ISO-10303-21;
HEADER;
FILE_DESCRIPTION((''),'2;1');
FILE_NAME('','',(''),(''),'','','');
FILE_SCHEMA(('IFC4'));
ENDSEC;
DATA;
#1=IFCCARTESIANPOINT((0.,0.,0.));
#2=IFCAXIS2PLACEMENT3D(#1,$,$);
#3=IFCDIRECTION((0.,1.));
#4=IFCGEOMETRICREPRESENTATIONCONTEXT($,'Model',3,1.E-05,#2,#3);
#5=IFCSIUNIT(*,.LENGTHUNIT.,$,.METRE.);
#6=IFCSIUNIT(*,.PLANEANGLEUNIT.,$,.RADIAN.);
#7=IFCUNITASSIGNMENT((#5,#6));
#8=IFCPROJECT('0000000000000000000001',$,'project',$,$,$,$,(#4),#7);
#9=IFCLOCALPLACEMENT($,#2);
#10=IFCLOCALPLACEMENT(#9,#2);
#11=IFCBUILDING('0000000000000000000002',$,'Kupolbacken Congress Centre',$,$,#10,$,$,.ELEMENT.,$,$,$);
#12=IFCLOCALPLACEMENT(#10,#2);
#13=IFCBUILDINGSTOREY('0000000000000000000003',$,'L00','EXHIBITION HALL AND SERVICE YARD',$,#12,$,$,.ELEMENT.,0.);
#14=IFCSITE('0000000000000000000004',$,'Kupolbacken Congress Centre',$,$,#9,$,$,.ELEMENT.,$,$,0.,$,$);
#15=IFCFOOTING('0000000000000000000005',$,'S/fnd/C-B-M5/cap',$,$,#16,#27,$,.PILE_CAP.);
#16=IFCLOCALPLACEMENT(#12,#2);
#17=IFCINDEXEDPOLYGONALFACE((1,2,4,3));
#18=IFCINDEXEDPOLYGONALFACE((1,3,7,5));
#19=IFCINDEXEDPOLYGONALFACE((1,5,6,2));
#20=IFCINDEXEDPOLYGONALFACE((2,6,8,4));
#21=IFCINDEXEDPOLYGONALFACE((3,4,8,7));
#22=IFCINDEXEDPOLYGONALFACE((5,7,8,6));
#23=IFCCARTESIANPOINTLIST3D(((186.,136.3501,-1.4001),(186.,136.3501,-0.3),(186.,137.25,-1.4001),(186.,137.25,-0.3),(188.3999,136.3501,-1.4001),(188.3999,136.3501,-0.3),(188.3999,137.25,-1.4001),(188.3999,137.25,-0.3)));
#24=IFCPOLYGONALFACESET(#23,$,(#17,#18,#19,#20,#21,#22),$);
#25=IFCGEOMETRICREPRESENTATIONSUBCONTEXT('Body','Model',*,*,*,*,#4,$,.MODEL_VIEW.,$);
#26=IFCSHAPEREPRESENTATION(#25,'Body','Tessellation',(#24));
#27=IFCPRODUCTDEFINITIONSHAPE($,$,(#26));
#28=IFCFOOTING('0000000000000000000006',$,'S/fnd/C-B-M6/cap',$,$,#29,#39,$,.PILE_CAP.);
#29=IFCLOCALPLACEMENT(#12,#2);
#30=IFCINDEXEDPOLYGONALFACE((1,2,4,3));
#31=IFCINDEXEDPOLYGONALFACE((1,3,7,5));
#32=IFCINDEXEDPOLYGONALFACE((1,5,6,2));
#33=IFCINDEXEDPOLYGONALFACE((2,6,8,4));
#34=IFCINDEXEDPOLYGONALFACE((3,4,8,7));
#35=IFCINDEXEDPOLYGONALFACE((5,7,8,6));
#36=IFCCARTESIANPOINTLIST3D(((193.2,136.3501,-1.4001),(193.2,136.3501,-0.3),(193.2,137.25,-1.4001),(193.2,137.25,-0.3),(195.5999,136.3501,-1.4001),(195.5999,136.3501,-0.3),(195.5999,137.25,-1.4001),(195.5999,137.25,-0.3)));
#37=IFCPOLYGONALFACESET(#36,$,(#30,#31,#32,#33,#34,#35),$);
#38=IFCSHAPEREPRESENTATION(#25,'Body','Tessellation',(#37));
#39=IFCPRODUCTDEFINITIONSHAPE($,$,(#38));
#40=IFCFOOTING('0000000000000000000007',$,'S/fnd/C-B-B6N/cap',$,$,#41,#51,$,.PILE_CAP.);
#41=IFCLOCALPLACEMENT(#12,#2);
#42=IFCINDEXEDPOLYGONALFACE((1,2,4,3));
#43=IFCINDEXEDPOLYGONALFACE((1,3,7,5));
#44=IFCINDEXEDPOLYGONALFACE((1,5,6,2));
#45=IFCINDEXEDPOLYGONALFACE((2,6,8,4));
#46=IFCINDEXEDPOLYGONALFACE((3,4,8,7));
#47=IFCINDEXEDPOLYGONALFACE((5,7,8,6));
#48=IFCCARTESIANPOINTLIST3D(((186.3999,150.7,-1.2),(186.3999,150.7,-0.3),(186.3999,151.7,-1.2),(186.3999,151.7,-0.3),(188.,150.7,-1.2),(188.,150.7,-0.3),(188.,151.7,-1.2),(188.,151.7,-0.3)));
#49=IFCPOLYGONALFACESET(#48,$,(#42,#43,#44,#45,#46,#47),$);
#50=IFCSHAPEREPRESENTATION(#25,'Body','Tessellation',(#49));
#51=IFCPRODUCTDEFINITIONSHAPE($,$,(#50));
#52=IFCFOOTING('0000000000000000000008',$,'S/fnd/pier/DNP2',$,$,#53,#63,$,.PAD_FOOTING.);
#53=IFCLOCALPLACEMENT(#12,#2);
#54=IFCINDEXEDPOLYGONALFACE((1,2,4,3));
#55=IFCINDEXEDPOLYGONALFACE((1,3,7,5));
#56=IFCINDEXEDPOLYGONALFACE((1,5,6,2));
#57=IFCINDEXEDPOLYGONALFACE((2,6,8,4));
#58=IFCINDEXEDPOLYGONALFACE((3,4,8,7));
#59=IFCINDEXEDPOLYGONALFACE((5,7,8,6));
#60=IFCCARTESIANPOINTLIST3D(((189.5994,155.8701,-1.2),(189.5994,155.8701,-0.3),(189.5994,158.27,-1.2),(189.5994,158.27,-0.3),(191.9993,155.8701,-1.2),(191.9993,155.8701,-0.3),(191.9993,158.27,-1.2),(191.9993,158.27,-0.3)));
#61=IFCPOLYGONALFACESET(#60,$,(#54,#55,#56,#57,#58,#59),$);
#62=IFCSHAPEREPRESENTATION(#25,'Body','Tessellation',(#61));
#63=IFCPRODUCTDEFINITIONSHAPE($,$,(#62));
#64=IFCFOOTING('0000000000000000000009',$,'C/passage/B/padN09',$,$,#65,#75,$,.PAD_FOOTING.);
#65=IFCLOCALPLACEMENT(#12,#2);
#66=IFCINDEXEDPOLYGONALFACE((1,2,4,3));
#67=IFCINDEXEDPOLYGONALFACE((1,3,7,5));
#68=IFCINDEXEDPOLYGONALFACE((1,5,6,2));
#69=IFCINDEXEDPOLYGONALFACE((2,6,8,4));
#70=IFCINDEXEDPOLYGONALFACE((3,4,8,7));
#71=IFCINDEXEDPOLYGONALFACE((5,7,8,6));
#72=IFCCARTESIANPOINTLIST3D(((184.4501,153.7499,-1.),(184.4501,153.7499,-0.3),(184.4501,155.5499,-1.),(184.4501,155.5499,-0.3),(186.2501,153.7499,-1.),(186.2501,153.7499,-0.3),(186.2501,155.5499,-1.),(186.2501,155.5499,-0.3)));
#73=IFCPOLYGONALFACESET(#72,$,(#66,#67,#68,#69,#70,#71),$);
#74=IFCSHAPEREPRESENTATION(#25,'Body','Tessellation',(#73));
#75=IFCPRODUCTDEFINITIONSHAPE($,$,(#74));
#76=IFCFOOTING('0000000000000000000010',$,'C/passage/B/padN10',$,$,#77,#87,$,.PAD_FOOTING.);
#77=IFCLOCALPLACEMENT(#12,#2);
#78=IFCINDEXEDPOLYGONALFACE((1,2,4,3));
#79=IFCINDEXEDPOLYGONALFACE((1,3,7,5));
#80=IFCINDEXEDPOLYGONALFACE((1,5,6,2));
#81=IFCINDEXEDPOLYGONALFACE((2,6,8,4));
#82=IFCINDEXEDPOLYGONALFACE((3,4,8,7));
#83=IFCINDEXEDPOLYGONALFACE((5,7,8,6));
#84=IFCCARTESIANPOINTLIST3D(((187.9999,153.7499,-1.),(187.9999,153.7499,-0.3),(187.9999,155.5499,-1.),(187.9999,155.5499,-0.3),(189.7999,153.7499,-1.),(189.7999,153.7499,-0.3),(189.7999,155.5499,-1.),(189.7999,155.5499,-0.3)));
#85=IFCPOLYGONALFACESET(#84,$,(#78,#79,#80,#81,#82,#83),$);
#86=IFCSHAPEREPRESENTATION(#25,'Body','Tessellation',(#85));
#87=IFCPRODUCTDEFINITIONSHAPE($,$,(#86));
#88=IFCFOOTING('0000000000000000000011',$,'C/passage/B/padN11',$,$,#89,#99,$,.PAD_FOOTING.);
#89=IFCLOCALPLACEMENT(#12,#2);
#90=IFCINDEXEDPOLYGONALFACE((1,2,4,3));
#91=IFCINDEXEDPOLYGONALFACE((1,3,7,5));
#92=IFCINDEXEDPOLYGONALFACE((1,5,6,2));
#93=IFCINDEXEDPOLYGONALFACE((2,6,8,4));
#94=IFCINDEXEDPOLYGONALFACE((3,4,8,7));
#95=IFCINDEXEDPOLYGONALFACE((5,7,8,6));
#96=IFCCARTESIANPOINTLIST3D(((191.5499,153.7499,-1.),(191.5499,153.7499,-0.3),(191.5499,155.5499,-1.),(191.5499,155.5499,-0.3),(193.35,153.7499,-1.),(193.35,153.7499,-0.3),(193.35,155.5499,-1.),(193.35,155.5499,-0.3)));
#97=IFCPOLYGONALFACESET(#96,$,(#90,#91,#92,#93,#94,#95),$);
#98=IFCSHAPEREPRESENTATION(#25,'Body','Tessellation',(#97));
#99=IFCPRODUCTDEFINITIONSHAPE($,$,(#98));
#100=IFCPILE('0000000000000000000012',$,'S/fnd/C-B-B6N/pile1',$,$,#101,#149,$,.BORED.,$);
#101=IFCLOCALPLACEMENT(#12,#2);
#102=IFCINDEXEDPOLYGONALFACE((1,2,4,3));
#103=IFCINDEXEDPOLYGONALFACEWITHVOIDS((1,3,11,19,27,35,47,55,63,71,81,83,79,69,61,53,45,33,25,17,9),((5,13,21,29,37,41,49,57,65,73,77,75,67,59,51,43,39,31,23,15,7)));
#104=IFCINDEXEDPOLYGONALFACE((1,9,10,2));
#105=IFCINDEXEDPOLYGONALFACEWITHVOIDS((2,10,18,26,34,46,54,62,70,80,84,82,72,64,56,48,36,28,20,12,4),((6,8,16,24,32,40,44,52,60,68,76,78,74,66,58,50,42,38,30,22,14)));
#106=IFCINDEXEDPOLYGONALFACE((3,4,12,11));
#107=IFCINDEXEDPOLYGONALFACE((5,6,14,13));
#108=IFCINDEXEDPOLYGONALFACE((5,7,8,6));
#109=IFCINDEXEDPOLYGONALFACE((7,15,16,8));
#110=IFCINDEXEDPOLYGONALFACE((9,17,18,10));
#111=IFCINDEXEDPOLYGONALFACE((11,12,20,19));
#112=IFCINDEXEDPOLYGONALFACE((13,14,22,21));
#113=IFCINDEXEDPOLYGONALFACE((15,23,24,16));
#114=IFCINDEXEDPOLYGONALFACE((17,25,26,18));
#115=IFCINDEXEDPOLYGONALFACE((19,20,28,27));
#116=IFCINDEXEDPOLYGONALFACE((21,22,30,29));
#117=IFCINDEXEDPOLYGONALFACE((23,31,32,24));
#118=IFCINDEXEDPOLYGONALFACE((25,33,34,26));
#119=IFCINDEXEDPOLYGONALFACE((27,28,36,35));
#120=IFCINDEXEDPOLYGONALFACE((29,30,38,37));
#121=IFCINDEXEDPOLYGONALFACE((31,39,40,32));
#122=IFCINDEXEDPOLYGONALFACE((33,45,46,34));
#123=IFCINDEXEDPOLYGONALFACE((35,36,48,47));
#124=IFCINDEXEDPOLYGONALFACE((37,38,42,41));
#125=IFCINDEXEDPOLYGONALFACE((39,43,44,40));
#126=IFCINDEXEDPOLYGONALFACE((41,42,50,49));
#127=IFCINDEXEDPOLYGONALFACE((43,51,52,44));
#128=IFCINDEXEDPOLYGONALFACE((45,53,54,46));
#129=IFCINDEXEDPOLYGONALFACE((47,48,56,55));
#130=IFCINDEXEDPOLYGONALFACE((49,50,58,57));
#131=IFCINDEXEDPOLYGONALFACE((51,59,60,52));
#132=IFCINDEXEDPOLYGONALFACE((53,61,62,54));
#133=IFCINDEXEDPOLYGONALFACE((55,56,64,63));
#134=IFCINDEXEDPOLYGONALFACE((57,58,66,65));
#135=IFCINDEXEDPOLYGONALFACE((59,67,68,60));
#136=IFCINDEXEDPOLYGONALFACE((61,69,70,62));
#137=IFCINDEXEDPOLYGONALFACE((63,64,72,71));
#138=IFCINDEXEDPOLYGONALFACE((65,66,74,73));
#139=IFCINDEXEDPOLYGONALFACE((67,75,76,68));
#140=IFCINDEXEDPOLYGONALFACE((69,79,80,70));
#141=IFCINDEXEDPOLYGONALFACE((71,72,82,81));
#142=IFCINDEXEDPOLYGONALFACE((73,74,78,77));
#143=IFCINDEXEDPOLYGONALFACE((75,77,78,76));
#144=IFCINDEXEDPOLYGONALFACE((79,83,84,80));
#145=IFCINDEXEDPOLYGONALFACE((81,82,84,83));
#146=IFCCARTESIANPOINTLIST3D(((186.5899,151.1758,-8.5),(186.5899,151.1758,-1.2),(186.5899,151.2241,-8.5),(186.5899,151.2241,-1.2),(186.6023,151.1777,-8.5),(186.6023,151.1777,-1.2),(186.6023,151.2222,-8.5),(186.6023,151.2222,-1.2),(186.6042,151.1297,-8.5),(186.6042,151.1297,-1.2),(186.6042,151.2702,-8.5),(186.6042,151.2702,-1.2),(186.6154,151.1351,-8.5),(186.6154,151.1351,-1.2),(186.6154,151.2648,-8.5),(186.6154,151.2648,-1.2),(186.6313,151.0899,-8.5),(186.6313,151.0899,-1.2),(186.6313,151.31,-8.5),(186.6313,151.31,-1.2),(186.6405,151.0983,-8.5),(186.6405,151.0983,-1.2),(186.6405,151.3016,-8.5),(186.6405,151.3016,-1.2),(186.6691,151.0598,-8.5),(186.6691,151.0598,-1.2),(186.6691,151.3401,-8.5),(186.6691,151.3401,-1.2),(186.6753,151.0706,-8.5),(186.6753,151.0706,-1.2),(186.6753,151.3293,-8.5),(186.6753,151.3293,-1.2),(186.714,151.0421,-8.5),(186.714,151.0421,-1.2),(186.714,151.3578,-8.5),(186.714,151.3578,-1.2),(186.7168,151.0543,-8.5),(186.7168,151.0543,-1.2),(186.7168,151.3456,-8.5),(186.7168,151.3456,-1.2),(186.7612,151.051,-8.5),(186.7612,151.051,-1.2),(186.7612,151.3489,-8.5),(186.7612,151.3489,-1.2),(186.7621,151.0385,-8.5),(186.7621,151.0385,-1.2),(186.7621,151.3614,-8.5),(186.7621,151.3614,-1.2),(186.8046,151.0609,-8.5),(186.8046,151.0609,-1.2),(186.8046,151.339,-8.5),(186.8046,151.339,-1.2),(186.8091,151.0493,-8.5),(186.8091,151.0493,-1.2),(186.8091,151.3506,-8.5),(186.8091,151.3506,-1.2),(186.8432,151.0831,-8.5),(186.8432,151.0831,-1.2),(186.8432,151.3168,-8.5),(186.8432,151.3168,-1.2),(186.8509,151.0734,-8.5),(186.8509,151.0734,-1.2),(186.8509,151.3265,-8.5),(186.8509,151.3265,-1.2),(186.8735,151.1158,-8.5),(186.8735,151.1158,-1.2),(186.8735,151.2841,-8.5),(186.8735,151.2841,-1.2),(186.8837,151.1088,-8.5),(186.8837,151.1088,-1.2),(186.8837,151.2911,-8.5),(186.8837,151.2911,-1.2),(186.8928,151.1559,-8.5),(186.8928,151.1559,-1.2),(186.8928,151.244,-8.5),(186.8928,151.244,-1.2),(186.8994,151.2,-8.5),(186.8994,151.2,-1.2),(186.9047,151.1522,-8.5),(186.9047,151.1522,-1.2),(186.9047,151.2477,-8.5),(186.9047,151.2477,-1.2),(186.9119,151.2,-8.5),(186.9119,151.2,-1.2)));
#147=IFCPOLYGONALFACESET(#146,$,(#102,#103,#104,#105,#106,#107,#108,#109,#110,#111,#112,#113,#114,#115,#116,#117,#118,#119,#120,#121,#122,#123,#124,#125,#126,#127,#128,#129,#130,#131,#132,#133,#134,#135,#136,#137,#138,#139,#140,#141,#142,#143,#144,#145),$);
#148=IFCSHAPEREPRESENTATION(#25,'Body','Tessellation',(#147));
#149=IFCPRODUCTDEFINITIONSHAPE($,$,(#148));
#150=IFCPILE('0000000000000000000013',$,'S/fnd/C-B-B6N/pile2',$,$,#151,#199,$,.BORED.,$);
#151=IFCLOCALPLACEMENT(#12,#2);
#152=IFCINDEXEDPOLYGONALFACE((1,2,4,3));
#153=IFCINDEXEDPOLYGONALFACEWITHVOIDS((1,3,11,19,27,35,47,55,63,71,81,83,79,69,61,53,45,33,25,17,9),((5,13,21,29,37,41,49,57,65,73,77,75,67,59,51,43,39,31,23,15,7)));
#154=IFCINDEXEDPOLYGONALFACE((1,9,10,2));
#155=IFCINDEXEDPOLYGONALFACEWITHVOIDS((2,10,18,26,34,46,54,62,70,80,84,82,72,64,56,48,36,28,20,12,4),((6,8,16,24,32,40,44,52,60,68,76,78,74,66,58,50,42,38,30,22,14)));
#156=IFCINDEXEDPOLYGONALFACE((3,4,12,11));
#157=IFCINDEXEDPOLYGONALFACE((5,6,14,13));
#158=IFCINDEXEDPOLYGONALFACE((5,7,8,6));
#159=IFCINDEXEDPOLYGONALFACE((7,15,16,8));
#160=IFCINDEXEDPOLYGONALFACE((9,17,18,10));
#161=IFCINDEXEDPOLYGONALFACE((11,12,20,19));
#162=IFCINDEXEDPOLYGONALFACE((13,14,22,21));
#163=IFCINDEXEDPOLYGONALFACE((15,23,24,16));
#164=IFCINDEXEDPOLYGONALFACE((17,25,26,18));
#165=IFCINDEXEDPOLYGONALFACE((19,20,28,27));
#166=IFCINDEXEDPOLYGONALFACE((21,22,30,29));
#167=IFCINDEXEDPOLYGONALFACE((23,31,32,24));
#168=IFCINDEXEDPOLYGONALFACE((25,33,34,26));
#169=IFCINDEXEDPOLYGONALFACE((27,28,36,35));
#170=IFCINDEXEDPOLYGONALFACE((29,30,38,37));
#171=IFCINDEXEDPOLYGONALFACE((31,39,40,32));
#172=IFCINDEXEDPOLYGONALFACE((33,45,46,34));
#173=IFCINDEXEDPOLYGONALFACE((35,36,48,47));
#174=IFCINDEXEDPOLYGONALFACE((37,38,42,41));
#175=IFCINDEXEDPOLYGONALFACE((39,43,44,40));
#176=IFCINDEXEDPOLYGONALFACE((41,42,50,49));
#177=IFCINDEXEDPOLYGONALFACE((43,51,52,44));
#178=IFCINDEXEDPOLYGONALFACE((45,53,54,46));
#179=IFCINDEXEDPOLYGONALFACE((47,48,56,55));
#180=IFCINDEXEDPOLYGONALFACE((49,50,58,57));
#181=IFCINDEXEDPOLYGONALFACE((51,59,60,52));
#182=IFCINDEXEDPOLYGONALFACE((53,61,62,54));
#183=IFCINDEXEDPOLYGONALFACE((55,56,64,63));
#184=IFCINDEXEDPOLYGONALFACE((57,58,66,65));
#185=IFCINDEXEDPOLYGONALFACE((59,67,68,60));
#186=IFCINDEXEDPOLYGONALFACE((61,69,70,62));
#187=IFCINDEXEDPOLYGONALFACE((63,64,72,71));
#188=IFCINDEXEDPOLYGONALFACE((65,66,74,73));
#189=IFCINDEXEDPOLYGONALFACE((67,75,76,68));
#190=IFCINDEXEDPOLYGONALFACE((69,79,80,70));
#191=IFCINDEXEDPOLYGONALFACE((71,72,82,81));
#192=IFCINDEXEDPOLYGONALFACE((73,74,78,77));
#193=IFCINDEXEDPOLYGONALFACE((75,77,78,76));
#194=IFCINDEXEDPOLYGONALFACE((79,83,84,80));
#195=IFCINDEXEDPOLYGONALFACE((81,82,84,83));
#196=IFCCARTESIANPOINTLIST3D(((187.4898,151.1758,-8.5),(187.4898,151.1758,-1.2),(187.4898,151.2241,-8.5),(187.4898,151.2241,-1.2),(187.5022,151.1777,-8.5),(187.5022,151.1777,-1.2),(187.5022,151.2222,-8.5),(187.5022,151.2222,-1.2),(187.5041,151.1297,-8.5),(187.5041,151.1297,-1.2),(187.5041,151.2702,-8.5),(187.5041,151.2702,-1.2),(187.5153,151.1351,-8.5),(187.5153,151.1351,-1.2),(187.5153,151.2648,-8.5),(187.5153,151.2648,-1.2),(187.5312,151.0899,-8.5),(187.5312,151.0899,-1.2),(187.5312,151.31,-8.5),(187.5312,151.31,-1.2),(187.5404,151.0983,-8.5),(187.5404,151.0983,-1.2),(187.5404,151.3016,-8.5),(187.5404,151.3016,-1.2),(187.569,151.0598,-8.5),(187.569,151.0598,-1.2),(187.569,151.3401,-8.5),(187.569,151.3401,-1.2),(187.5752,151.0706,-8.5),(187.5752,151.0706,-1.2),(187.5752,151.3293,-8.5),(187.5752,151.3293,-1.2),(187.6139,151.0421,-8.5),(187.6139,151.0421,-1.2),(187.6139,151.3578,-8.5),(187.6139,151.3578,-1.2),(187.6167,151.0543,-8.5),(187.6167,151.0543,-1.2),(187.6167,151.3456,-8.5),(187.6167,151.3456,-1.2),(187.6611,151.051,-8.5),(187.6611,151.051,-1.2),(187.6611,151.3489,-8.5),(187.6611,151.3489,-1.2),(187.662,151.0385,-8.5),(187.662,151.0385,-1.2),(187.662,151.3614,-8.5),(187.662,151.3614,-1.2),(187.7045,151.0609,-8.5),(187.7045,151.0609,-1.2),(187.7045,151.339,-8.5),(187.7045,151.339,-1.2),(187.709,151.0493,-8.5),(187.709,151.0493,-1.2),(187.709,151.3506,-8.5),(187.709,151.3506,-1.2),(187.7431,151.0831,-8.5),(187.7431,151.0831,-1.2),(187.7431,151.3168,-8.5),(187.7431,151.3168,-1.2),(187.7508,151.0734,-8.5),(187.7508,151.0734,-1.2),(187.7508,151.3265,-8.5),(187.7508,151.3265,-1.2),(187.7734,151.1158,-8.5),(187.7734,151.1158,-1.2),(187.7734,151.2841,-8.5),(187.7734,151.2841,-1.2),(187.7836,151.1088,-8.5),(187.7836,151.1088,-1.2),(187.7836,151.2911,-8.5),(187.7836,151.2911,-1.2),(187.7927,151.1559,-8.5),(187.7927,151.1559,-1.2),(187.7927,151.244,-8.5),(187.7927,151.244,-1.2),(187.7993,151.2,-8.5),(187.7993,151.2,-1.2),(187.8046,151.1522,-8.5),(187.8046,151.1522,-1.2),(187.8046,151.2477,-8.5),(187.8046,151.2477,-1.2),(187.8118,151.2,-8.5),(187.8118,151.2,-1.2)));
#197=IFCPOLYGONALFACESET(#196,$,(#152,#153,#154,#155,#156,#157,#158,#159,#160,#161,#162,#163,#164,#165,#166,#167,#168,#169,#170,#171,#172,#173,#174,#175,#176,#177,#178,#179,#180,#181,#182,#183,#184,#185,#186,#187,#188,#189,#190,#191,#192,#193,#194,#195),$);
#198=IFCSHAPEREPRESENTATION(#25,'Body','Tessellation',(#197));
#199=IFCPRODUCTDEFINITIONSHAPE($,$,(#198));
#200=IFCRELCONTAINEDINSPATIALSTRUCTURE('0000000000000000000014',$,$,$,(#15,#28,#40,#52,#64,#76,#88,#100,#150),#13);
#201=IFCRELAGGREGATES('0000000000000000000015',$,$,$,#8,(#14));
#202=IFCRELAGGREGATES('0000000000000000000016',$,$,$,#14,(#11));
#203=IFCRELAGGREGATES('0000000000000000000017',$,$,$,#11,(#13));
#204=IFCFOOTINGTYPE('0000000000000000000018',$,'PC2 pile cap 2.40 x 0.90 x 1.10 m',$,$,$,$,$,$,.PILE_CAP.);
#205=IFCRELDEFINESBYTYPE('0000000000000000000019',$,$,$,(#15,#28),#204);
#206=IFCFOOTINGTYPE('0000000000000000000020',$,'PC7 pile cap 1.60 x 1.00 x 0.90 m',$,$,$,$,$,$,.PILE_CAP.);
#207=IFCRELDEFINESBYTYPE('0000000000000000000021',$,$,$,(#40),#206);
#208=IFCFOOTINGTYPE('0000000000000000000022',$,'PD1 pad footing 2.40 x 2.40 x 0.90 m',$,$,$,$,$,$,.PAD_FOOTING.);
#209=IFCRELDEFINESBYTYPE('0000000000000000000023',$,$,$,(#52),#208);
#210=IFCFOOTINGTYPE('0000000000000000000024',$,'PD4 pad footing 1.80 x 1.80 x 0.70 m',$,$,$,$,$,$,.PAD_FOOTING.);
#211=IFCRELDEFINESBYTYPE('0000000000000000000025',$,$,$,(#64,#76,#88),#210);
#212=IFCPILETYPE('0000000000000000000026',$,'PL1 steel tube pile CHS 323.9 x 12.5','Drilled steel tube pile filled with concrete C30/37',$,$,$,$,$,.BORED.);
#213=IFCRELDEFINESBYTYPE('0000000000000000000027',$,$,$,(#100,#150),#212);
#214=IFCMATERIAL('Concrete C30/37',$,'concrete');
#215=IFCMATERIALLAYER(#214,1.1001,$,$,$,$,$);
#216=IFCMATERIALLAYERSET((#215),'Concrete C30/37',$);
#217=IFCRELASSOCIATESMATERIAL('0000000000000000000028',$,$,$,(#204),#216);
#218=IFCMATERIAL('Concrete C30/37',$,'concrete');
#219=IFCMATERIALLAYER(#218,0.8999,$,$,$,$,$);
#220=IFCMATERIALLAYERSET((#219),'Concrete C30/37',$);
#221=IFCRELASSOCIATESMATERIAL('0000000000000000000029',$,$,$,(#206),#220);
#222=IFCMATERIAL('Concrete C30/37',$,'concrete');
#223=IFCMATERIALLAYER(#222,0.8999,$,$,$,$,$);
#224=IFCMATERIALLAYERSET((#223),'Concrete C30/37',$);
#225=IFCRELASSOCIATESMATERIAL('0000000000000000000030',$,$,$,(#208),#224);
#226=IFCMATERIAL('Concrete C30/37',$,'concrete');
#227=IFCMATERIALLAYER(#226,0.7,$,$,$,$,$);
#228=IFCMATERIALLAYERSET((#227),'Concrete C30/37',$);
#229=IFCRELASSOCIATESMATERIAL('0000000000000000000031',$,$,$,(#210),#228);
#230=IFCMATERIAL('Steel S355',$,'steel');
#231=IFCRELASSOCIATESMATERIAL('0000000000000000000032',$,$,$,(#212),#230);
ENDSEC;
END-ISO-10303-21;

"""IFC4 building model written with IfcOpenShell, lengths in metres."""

from ifc_helpers import new_model, si_unit, direction, frame, origin, origin_2d, place, context, subcontext, project, spatial, rectangle, hollow_circle, extrude, material, layer, layer_set, material_profile, profile_set, type_object, element, save


model = new_model("IFC4")

# Units and contexts
model_context = context("Model", 3, precision=1e-05, world=origin(), true_north=direction((0.0, 1.0)))
body_context = subcontext(model_context, "Body", "Model", "MODEL_VIEW")
ifc_project = project(units=[si_unit("LENGTHUNIT", "METRE"), si_unit("PLANEANGLEUNIT", "RADIAN")], contexts=[model_context])

# Site, building, storey
site_placement = place(None, origin())
site = spatial("IfcSite", under=ifc_project, at=site_placement, Name="Kupolbacken Congress Centre", CompositionType="ELEMENT", RefElevation=0.0)
building_placement = place(site_placement, origin())
building = spatial("IfcBuilding", under=site, at=building_placement, Name="Kupolbacken Congress Centre", CompositionType="ELEMENT")
storey_placement = place(building_placement, origin())
storey = spatial("IfcBuildingStorey", under=building, at=storey_placement, Name="L00", Description="EXHIBITION HALL AND SERVICE YARD", CompositionType="ELEMENT", Elevation=0.0)

# Footings
ifc_material_1 = material(Name="Concrete C30/37", Category="concrete")
ifc_layer_1 = layer(ifc_material_1, 1.1001)
ifc_layer_set_1 = layer_set([ifc_layer_1], Name="Concrete C30/37")
footing_type_1 = type_object("IfcFootingType", Name="PC2 pile cap 2.40 x 0.90 x 1.10 m", PredefinedType="PILE_CAP", material=ifc_layer_set_1)
for number, where, z_axis, x_axis, name in (
    (1, (187.2, 136.8, -1.4001), (0.0, 0.0, 1.0), (1.0, 0.0, 0.0), "S/fnd/C-B-M5/cap"),
    (2, (194.3999, 136.8, -1.4001), (0.0, 0.0, 1.0), (1.0, 0.0, 0.0), "S/fnd/C-B-M6/cap"),
):
    element("IfcFooting", number, at=place(storey_placement, frame(where, z_axis=z_axis, x_axis=x_axis)), inside=storey, type_object=footing_type_1, Name=name, PredefinedType="PILE_CAP", context=body_context, shape_type="SweptSolid", body=[
        extrude(rectangle(XDim=2.3999, YDim=0.8999, at=origin_2d()), origin(), (0.0, 0.0, 1.0), 1.1001),
    ])
ifc_material_2 = material(Name="Concrete C30/37", Category="concrete")
ifc_layer_2 = layer(ifc_material_2, 0.8999)
ifc_layer_set_2 = layer_set([ifc_layer_2], Name="Concrete C30/37")
footing_type_2 = type_object("IfcFootingType", Name="PC7 pile cap 1.60 x 1.00 x 0.90 m", PredefinedType="PILE_CAP", material=ifc_layer_set_2)
footing_1_placement = place(storey_placement, frame((187.2, 151.2, -1.2), z_axis=(0.0, 0.0, 1.0), x_axis=(1.0, 0.0, 0.0)))
element("IfcFooting", 3, at=footing_1_placement, inside=storey, type_object=footing_type_2, Name="S/fnd/C-B-B6N/cap", PredefinedType="PILE_CAP", context=body_context, shape_type="SweptSolid", body=[
    extrude(rectangle(XDim=1.6001, YDim=1.0, at=origin_2d()), origin(), (0.0, 0.0, 1.0), 0.8999),
])
ifc_material_3 = material(Name="Concrete C30/37", Category="concrete")
ifc_layer_3 = layer(ifc_material_3, 0.8999)
ifc_layer_set_3 = layer_set([ifc_layer_3], Name="Concrete C30/37")
footing_type_3 = type_object("IfcFootingType", Name="PD1 pad footing 2.40 x 2.40 x 0.90 m", PredefinedType="PAD_FOOTING", material=ifc_layer_set_3)
footing_2_placement = place(storey_placement, frame((190.7993, 157.0701, -1.2), z_axis=(0.0, 0.0, 1.0), x_axis=(1.0, 0.0, 0.0)))
element("IfcFooting", 4, at=footing_2_placement, inside=storey, type_object=footing_type_3, Name="S/fnd/pier/DNP2", PredefinedType="PAD_FOOTING", context=body_context, shape_type="SweptSolid", body=[
    extrude(rectangle(XDim=2.3999, YDim=2.3999, at=origin_2d()), origin(), (0.0, 0.0, 1.0), 0.8999),
])
ifc_material_4 = material(Name="Concrete C30/37", Category="concrete")
ifc_layer_4 = layer(ifc_material_4, 0.7)
ifc_layer_set_4 = layer_set([ifc_layer_4], Name="Concrete C30/37")
footing_type_4 = type_object("IfcFootingType", Name="PD4 pad footing 1.80 x 1.80 x 0.70 m", PredefinedType="PAD_FOOTING", material=ifc_layer_set_4)
for number, where, z_axis, x_axis, name in (
    (5, (185.3501, 154.6499, -1.0), (0.0, 0.0, 1.0), (1.0, 0.0, 0.0), "C/passage/B/padN09"),
    (6, (188.8999, 154.6499, -1.0), (0.0, 0.0, 1.0), (1.0, 0.0, 0.0), "C/passage/B/padN10"),
    (7, (192.45, 154.6499, -1.0), (0.0, 0.0, 1.0), (1.0, 0.0, 0.0), "C/passage/B/padN11"),
):
    element("IfcFooting", number, at=place(storey_placement, frame(where, z_axis=z_axis, x_axis=x_axis)), inside=storey, type_object=footing_type_4, Name=name, PredefinedType="PAD_FOOTING", context=body_context, shape_type="SweptSolid", body=[
        extrude(rectangle(XDim=1.8, YDim=1.8, at=origin_2d()), origin(), (0.0, 0.0, 1.0), 0.7),
    ])

# Piles
ifc_material_5 = material(Name="Steel S355", Category="steel")
ifc_material_profile_1 = material_profile(ifc_material_5, hollow_circle(Radius=0.1619, WallThickness=0.0125, at=origin_2d()), Name="CHS 323.9 x 12.5")
ifc_profile_set_1 = profile_set([ifc_material_profile_1], Name="Steel S355")
pile_type_1 = type_object("IfcPileType", Name="PL1 steel tube pile CHS 323.9 x 12.5", Description="Drilled steel tube pile filled with concrete C30/37", PredefinedType="BORED", material=ifc_profile_set_1)
for number, where, z_axis, x_axis, name in (
    (8, (186.75, 151.2, -1.2), (0.0, 0.0, -1.0), (1.0, 0.0, 0.0), "S/fnd/C-B-B6N/pile1"),
    (9, (187.6499, 151.2, -1.2), (0.0, 0.0, -1.0), (1.0, 0.0, 0.0), "S/fnd/C-B-B6N/pile2"),
):
    element("IfcPile", number, at=place(storey_placement, frame(where, z_axis=z_axis, x_axis=x_axis)), inside=storey, type_object=pile_type_1, Name=name, PredefinedType="BORED", context=body_context, shape_type="SweptSolid", body=[
        extrude(hollow_circle(Radius=0.1619, WallThickness=0.0125, at=origin_2d()), origin(), (0.0, 0.0, 1.0), 7.3),
    ])

save(model, "model.ifc")
